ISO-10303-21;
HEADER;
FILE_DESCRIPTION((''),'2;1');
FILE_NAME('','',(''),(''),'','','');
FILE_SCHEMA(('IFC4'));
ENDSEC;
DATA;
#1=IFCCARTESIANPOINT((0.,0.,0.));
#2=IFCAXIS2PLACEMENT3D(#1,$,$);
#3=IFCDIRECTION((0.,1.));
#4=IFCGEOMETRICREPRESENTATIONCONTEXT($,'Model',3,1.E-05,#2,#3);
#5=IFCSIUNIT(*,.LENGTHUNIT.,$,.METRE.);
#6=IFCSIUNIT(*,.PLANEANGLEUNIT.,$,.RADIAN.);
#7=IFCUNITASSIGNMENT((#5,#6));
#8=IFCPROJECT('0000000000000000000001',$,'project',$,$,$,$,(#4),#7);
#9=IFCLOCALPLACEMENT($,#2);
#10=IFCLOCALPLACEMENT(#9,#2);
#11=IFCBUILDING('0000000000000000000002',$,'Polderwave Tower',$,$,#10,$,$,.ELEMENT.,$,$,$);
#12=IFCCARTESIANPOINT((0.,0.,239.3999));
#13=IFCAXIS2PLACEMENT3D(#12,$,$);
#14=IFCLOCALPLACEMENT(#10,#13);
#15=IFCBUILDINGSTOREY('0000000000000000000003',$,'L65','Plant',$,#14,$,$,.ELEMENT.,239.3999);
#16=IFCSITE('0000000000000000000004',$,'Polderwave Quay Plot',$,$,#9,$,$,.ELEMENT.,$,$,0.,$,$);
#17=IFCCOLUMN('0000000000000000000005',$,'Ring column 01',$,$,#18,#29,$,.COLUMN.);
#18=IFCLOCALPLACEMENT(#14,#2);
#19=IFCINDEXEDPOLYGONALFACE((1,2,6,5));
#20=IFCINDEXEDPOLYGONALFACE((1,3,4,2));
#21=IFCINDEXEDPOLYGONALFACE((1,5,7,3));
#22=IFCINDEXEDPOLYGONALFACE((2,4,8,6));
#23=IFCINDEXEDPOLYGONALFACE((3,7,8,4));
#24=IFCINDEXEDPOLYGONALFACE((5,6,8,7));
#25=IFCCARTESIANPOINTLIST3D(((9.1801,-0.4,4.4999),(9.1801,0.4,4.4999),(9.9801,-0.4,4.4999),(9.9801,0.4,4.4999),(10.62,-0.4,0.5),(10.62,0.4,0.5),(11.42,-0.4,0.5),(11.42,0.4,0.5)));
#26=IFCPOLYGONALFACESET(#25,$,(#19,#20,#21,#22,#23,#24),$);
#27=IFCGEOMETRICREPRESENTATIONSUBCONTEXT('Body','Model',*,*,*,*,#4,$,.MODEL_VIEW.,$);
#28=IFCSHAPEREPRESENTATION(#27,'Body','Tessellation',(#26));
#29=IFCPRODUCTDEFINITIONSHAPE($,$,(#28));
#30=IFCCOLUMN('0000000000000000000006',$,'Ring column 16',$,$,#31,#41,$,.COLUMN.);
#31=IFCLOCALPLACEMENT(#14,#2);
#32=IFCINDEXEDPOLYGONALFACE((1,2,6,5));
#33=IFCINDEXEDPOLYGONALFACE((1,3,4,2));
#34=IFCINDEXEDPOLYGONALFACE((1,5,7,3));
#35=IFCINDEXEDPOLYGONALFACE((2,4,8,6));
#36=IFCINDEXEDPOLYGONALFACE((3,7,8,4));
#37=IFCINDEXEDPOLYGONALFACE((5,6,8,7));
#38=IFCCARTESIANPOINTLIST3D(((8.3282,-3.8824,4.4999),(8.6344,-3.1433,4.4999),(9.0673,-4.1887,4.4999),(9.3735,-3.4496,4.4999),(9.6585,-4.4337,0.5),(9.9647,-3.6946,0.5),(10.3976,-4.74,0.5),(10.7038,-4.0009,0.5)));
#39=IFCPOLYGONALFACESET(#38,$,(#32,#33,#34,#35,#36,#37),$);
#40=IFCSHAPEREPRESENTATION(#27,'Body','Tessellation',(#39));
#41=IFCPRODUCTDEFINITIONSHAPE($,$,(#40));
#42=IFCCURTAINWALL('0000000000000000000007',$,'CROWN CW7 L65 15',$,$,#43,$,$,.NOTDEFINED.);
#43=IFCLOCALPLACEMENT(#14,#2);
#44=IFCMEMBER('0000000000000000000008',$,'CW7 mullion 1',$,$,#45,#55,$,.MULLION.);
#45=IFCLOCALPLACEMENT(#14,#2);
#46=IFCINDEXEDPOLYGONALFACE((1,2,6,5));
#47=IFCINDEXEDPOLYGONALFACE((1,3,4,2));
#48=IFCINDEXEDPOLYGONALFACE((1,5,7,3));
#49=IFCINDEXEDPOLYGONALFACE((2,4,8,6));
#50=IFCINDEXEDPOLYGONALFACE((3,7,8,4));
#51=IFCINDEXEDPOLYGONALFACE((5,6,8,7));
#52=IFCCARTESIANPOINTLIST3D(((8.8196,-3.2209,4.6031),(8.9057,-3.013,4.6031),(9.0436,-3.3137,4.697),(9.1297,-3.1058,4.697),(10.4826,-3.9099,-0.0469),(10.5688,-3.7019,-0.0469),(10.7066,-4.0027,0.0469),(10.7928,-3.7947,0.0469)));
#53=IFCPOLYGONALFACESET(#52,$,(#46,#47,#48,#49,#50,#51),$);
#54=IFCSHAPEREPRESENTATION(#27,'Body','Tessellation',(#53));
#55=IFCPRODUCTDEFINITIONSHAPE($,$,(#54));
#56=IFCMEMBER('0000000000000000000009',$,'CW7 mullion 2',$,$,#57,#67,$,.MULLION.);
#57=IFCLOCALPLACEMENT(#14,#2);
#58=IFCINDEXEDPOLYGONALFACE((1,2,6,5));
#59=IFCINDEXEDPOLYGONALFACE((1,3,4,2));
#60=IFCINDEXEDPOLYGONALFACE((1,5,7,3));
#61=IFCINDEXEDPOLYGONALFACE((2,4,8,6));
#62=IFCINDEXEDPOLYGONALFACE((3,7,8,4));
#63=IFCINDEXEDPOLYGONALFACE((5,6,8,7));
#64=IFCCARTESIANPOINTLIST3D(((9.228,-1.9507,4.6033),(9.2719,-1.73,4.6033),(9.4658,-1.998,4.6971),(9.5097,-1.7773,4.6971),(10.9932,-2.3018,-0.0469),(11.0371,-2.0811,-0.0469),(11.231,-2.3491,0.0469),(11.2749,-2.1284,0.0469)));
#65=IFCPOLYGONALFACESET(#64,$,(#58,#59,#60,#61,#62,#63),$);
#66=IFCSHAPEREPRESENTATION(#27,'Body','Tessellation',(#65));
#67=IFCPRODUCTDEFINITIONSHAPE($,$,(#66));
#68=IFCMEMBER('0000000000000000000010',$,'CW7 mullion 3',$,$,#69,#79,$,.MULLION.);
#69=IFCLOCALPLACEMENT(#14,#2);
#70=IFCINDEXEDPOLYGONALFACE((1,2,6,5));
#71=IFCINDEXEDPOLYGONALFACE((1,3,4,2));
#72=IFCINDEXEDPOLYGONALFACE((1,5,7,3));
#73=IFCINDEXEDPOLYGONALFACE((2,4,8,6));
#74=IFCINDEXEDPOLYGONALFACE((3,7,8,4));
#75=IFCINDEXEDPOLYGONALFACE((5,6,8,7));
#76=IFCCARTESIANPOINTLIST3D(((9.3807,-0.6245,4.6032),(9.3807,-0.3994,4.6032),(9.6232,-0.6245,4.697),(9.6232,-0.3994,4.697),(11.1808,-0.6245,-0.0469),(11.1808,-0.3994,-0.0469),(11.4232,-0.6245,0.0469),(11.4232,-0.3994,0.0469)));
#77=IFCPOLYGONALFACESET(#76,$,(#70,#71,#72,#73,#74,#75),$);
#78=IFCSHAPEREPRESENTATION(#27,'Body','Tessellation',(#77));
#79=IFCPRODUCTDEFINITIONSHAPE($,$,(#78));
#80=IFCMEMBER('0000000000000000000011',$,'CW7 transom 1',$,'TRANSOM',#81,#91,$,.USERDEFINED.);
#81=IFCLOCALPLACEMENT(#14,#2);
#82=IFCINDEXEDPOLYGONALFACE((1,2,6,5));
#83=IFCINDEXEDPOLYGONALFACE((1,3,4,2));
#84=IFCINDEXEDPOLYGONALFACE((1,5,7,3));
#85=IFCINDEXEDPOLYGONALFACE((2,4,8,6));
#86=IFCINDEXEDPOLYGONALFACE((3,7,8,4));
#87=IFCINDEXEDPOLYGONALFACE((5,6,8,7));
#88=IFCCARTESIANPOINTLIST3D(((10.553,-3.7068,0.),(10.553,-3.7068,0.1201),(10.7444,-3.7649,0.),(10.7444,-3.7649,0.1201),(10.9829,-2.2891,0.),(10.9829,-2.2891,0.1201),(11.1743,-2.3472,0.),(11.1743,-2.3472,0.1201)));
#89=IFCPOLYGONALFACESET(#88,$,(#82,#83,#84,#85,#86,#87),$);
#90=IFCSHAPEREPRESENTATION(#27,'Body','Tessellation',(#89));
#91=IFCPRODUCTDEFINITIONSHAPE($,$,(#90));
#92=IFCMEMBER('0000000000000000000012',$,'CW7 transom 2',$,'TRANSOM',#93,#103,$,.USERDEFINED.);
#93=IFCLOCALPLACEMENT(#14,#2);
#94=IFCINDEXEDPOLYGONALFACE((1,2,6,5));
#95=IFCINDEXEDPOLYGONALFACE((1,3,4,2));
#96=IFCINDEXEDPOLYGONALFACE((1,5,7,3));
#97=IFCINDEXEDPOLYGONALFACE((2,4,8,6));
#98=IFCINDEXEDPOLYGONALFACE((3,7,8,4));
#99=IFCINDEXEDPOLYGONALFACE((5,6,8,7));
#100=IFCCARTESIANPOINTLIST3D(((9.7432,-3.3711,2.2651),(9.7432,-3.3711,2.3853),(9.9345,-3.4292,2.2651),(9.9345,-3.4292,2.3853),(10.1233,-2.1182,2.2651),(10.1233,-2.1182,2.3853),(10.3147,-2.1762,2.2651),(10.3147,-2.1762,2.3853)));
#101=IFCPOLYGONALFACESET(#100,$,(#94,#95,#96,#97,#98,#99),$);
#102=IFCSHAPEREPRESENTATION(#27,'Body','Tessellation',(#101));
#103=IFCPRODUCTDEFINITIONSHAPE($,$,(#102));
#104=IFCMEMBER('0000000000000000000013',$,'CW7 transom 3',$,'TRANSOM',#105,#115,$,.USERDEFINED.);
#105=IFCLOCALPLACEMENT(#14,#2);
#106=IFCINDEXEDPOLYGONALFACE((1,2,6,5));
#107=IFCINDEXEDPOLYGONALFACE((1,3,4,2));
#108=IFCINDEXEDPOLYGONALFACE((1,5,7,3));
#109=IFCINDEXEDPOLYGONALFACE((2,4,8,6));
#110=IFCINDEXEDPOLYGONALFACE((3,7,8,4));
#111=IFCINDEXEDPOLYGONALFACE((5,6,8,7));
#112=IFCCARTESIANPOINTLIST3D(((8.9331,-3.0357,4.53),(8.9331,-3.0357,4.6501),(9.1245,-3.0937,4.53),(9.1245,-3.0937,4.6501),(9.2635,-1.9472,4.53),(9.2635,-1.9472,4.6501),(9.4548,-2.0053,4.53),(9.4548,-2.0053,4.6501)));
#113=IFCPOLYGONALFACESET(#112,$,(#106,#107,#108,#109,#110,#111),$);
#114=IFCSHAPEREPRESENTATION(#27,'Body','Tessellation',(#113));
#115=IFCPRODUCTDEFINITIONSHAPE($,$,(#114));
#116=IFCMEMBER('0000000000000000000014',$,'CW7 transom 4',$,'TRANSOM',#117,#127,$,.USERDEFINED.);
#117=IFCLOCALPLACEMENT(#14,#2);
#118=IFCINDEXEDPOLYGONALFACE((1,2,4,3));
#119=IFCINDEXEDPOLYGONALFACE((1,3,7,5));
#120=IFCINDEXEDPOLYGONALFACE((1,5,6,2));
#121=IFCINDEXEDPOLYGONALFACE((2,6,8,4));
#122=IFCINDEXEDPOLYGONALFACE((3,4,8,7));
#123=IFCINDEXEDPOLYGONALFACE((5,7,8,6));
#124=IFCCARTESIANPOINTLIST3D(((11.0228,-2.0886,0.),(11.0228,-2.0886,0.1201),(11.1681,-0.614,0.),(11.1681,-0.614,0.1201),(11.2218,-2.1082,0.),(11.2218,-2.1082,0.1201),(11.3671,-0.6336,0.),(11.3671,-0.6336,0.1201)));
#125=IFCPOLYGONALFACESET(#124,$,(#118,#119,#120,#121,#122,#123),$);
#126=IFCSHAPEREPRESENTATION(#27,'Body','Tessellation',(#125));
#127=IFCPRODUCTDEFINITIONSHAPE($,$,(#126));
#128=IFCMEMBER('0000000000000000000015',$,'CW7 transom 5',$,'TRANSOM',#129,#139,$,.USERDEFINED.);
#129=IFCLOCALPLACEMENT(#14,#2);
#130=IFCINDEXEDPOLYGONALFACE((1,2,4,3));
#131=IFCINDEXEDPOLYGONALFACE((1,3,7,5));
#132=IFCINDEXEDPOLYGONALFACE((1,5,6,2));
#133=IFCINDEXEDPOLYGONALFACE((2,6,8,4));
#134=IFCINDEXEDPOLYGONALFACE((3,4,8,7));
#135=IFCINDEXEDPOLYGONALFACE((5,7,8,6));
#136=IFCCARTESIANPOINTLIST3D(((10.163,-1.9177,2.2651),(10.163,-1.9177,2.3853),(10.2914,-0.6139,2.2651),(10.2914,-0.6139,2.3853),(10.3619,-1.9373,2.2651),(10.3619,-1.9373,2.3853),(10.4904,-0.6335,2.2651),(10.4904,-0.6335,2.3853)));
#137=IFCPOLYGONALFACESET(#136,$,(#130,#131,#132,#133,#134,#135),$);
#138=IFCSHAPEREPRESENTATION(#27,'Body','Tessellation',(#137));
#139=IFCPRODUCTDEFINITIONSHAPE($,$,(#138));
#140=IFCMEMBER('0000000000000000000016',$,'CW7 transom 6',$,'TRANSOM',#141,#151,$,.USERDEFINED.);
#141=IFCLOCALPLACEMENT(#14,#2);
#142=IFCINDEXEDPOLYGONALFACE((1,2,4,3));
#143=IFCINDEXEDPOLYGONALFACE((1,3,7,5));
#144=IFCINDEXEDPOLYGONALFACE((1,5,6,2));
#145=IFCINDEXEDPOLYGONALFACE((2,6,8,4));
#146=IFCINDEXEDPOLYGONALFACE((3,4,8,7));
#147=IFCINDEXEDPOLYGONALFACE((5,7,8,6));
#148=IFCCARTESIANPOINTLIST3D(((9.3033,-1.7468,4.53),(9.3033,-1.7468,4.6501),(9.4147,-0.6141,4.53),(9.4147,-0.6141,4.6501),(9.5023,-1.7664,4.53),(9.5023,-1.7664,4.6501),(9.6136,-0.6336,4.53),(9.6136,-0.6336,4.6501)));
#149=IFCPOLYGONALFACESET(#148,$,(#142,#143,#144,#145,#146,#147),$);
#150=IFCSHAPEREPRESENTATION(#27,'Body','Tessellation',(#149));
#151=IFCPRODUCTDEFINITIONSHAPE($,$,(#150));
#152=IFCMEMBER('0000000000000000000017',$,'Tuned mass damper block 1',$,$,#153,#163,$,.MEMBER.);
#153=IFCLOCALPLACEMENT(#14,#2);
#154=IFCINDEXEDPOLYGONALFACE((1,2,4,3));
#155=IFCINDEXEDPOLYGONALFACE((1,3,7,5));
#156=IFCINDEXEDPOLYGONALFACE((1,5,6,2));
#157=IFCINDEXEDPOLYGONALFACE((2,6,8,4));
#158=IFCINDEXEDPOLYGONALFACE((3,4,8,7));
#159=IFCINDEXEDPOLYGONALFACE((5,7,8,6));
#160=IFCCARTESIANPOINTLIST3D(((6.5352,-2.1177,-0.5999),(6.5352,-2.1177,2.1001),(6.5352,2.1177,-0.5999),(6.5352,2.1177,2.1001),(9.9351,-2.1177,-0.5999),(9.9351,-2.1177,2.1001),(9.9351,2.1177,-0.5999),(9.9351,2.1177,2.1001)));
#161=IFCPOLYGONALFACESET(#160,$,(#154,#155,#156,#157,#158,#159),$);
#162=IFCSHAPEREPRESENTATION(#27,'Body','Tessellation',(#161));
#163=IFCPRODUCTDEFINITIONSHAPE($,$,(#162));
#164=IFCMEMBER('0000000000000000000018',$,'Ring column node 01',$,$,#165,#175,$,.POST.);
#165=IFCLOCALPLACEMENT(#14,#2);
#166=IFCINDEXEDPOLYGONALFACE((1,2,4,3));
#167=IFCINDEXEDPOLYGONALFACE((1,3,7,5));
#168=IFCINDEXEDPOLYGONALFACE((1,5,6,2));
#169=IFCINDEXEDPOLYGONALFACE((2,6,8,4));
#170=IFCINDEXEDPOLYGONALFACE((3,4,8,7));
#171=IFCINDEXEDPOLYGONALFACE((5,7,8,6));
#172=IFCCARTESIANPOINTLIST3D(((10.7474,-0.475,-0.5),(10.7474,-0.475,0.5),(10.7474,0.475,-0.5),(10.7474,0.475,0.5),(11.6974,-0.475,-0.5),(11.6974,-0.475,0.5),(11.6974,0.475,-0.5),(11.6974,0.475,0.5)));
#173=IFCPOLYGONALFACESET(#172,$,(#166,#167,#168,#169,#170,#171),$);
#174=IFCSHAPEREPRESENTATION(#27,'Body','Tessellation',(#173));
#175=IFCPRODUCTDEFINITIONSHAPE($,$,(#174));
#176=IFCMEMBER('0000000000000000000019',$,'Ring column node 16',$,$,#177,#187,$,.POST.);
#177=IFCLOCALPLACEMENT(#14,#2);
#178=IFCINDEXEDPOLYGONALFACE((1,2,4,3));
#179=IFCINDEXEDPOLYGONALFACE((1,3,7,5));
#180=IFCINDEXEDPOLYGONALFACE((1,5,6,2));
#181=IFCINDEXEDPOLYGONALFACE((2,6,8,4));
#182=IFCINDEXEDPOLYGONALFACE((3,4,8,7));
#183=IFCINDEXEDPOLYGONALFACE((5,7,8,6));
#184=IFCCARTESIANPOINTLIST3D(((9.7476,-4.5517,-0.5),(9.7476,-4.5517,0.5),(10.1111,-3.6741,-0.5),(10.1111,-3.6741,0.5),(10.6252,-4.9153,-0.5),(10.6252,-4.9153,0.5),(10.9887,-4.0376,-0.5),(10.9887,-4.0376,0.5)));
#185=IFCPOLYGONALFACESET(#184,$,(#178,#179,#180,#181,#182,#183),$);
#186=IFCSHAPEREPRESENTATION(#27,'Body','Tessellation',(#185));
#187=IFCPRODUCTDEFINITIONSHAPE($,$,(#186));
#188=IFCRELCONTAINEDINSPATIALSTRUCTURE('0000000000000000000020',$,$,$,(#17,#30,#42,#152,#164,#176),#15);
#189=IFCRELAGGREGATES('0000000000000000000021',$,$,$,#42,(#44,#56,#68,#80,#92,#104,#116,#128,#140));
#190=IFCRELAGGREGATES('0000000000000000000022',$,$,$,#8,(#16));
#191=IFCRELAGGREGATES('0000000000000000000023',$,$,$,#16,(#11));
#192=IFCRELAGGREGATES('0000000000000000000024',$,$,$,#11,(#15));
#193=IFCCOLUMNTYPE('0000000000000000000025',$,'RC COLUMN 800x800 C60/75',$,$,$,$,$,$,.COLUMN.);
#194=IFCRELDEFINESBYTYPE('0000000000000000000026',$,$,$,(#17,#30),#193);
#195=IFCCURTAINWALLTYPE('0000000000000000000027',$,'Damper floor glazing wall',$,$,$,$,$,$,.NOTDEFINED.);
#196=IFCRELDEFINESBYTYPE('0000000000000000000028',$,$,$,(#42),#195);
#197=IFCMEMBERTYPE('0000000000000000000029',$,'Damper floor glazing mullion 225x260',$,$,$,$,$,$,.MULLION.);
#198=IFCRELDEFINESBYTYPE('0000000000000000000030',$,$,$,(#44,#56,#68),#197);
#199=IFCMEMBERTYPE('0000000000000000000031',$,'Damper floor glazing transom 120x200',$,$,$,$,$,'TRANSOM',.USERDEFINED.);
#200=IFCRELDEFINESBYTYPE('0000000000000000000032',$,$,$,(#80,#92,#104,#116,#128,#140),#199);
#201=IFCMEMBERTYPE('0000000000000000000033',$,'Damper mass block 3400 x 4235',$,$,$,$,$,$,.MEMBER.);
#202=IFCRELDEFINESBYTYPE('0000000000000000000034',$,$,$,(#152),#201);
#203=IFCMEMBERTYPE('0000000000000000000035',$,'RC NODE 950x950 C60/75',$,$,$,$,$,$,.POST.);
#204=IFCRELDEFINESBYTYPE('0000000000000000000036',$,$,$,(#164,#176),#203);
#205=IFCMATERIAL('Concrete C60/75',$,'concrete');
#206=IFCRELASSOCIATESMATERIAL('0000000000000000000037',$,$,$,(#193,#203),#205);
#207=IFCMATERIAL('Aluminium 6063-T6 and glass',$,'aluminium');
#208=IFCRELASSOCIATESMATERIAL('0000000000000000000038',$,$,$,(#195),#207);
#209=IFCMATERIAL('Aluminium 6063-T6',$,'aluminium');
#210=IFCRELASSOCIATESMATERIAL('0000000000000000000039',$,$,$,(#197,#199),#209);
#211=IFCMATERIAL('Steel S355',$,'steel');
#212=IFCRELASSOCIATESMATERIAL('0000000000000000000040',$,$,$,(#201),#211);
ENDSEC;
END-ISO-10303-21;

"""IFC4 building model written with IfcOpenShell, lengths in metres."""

from ifc_helpers import new_model, si_unit, direction, frame, origin, origin_2d, place, context, subcontext, project, spatial, rectangle, extrude, material, material_profile, profile_set, type_object, element, aggregate, save


model = new_model("IFC4")

# Units and contexts
model_context = context("Model", 3, precision=1e-05, world=origin(), true_north=direction((0.0, 1.0)))
body_context = subcontext(model_context, "Body", "Model", "MODEL_VIEW")
ifc_project = project(units=[si_unit("LENGTHUNIT", "METRE"), si_unit("PLANEANGLEUNIT", "RADIAN")], contexts=[model_context])

# Site, building, storey
site_placement = place(None, origin())
site = spatial("IfcSite", under=ifc_project, at=site_placement, Name="Polderwave Quay Plot", CompositionType="ELEMENT", RefElevation=0.0)
building_placement = place(site_placement, origin())
building = spatial("IfcBuilding", under=site, at=building_placement, Name="Polderwave Tower", CompositionType="ELEMENT")
storey_placement = place(building_placement, frame((0.0, 0.0, 239.3999)))
storey = spatial("IfcBuildingStorey", under=building, at=storey_placement, Name="L65", Description="Plant", CompositionType="ELEMENT", Elevation=239.3999)

# Columns
ifc_material_1 = material(Name="Concrete C60/75", Category="concrete")
ifc_material_profile_1 = material_profile(ifc_material_1, rectangle(XDim=0.8, YDim=0.8, at=origin_2d()), Name="RC 800x800")
ifc_profile_set_1 = profile_set([ifc_material_profile_1], Name="Concrete C60/75")
column_type = type_object("IfcColumnType", Name="RC COLUMN 800x800 C60/75", PredefinedType="COLUMN", material=ifc_profile_set_1)
column_1_placement = place(storey_placement, frame((11.02, 0.0, 0.5), z_axis=(0.0, 0.0, 1.0), x_axis=(0.0, -1.0, 0.0)))
element("IfcColumn", 1, at=column_1_placement, inside=storey, type_object=column_type, Name="Ring column 01", PredefinedType="COLUMN", context=body_context, shape_type="SweptSolid", body=[
    extrude(rectangle(XDim=0.8, YDim=0.8, at=origin_2d()), origin(), (0.0, -0.338707, 0.940892), 4.2512),
])
column_2_placement = place(storey_placement, frame((10.1812, -4.2173, 0.5), z_axis=(0.0, 0.0, 1.0), x_axis=(-0.382821, -0.923823, 0.0)))
element("IfcColumn", 2, at=column_2_placement, inside=storey, type_object=column_type, Name="Ring column 16", PredefinedType="COLUMN", context=body_context, shape_type="SweptSolid", body=[
    extrude(rectangle(XDim=0.8, YDim=0.8, at=origin_2d()), origin(), (0.0, -0.338723, 0.940886), 4.2512),
])

# Curtain wall, members
ifc_material_2 = material(Name="Aluminium 6063-T6 and glass", Category="aluminium")
curtain_wall_type = type_object("IfcCurtainWallType", Name="Damper floor glazing wall", PredefinedType="NOTDEFINED", material=ifc_material_2)
curtain_wall_placement = place(storey_placement, origin())
curtain_wall = element("IfcCurtainWall", 3, at=curtain_wall_placement, inside=storey, type_object=curtain_wall_type, Name="CROWN CW7 L65 15", PredefinedType="NOTDEFINED")
ifc_material_3 = material(Name="Aluminium 6063-T6", Category="aluminium")
ifc_material_profile_2 = material_profile(ifc_material_3, rectangle(XDim=0.2251, YDim=0.26, at=origin_2d()), Name="AL 225x260")
ifc_profile_set_2 = profile_set([ifc_material_profile_2], Name="Aluminium 6063-T6")
member_type_1 = type_object("IfcMemberType", Name="Damper floor glazing mullion 225x260", PredefinedType="MULLION", material=ifc_profile_set_2)
member_1_placement = place(storey_placement, frame((10.6377, -3.8523, 0.0), z_axis=(-0.333523, 0.138168, 0.932562), x_axis=(-0.382727, -0.923861, 0.0)))
member_1 = element("IfcMember", 4, at=member_1_placement, type_object=member_type_1, Name="CW7 mullion 1", PredefinedType="MULLION", context=body_context, shape_type="SweptSolid", body=[
    extrude(rectangle(XDim=0.2251, YDim=0.26, at=origin_2d()), origin(), (0.0, 0.0, 1.0), 4.9863),
])
member_2_placement = place(storey_placement, frame((11.134, -2.2151, 0.0), z_axis=(-0.354, 0.070408, 0.932591), x_axis=(-0.195073, -0.980789, 0.0)))
member_2 = element("IfcMember", 5, at=member_2_placement, type_object=member_type_1, Name="CW7 mullion 2", PredefinedType="MULLION", context=body_context, shape_type="SweptSolid", body=[
    extrude(rectangle(XDim=0.2251, YDim=0.26, at=origin_2d()), origin(), (0.0, 0.0, 1.0), 4.9863),
])
member_3_placement = place(storey_placement, frame((11.302, -0.512, 0.0), z_axis=(-0.360993, 0.0, 0.932569), x_axis=(0.0, -1.0, 0.0)))
member_3 = element("IfcMember", 6, at=member_3_placement, type_object=member_type_1, Name="CW7 mullion 3", PredefinedType="MULLION", context=body_context, shape_type="SweptSolid", body=[
    extrude(rectangle(XDim=0.2251, YDim=0.26, at=origin_2d()), origin(), (0.0, 0.0, 1.0), 4.9863),
])
ifc_material_profile_3 = material_profile(ifc_material_3, rectangle(XDim=0.2, YDim=0.1201, at=origin_2d()), Name="AL 120x200")
ifc_profile_set_3 = profile_set([ifc_material_profile_3], Name="Aluminium 6063-T6")
member_type_2 = type_object("IfcMemberType", Name="Damper floor glazing transom 120x200", ElementType="TRANSOM", PredefinedType="USERDEFINED", material=ifc_profile_set_3)
member_4_placement = place(storey_placement, frame((10.6487, -3.7358, 0.0601), z_axis=(0.290204, 0.956965, 0.0), x_axis=(-0.956965, 0.290204, 0.0)))
member_4 = element("IfcMember", 7, at=member_4_placement, type_object=member_type_2, Name="CW7 transom 1", ObjectType="TRANSOM", PredefinedType="USERDEFINED", context=body_context, shape_type="SweptSolid", body=[
    extrude(rectangle(XDim=0.2, YDim=0.1201, at=origin_2d()), origin(), (0.0, 0.0, 1.0), 1.4814),
])
member_5_placement = place(storey_placement, frame((9.8389, -3.4001, 2.3252), z_axis=(0.290323, 0.956929, 0.0), x_axis=(-0.956929, 0.290323, 0.0)))
member_5 = element("IfcMember", 8, at=member_5_placement, type_object=member_type_2, Name="CW7 transom 2", ObjectType="TRANSOM", PredefinedType="USERDEFINED", context=body_context, shape_type="SweptSolid", body=[
    extrude(rectangle(XDim=0.2, YDim=0.1201, at=origin_2d()), origin(), (0.0, 0.0, 1.0), 1.3093),
])
member_6_placement = place(storey_placement, frame((9.0288, -3.0647, 4.5901), z_axis=(0.290418, 0.9569, 0.0), x_axis=(-0.9569, 0.290418, 0.0)))
member_6 = element("IfcMember", 9, at=member_6_placement, type_object=member_type_2, Name="CW7 transom 3", ObjectType="TRANSOM", PredefinedType="USERDEFINED", context=body_context, shape_type="SweptSolid", body=[
    extrude(rectangle(XDim=0.2, YDim=0.1201, at=origin_2d()), origin(), (0.0, 0.0, 1.0), 1.1375),
])
member_7_placement = place(storey_placement, frame((11.1223, -2.0984, 0.0601), z_axis=(0.098035, 0.995183, 0.0), x_axis=(-0.995183, 0.098035, 0.0)))
member_7 = element("IfcMember", 10, at=member_7_placement, type_object=member_type_2, Name="CW7 transom 4", ObjectType="TRANSOM", PredefinedType="USERDEFINED", context=body_context, shape_type="SweptSolid", body=[
    extrude(rectangle(XDim=0.2, YDim=0.1201, at=origin_2d()), origin(), (0.0, 0.0, 1.0), 1.4817),
])
member_8_placement = place(storey_placement, frame((10.2625, -1.9275, 2.3252), z_axis=(0.098027, 0.995184, 0.0), x_axis=(-0.995184, 0.098027, 0.0)))
member_8 = element("IfcMember", 11, at=member_8_placement, type_object=member_type_2, Name="CW7 transom 5", ObjectType="TRANSOM", PredefinedType="USERDEFINED", context=body_context, shape_type="SweptSolid", body=[
    extrude(rectangle(XDim=0.2, YDim=0.1201, at=origin_2d()), origin(), (0.0, 0.0, 1.0), 1.3101),
])
member_9_placement = place(storey_placement, frame((9.4028, -1.7566, 4.5901), z_axis=(0.097805, 0.995206, 0.0), x_axis=(-0.995206, 0.097805, 0.0)))
member_9 = element("IfcMember", 12, at=member_9_placement, type_object=member_type_2, Name="CW7 transom 6", ObjectType="TRANSOM", PredefinedType="USERDEFINED", context=body_context, shape_type="SweptSolid", body=[
    extrude(rectangle(XDim=0.2, YDim=0.1201, at=origin_2d()), origin(), (0.0, 0.0, 1.0), 1.1382),
])

# Members
ifc_material_4 = material(Name="Steel S355", Category="steel")
ifc_material_profile_4 = material_profile(ifc_material_4, rectangle(XDim=3.3999, YDim=4.2354, at=origin_2d()), Name="Steel block 3400x4235")
ifc_profile_set_4 = profile_set([ifc_material_profile_4], Name="Steel S355")
member_type_3 = type_object("IfcMemberType", Name="Damper mass block 3400 x 4235", PredefinedType="MEMBER", material=ifc_profile_set_4)
member_10_placement = place(storey_placement, frame((8.2351, 0.0, -0.5999), z_axis=(0.0, 0.0, 1.0), x_axis=(1.0, 0.0, 0.0)))
element("IfcMember", 13, at=member_10_placement, inside=storey, type_object=member_type_3, Name="Tuned mass damper block 1", PredefinedType="MEMBER", context=body_context, shape_type="SweptSolid", body=[
    extrude(rectangle(XDim=3.3999, YDim=4.2354, at=origin_2d()), origin(), (0.0, 0.0, 1.0), 2.7),
])
ifc_material_profile_5 = material_profile(ifc_material_1, rectangle(XDim=0.95, YDim=0.95, at=origin_2d()), Name="RC 950x950")
ifc_profile_set_5 = profile_set([ifc_material_profile_5], Name="Concrete C60/75")
member_type_4 = type_object("IfcMemberType", Name="RC NODE 950x950 C60/75", PredefinedType="POST", material=ifc_profile_set_5)
for number, where, z_axis, x_axis, name in (
    (14, (11.2224, 0.0, -0.5), (0.0, 0.0, 1.0), (1.0, 0.0, 0.0), "Ring column node 01"),
    (15, (10.3682, -4.2947, -0.5), (0.0, 0.0, 1.0), (0.92388, -0.382683, 0.0), "Ring column node 16"),
):
    element("IfcMember", number, at=place(storey_placement, frame(where, z_axis=z_axis, x_axis=x_axis)), inside=storey, type_object=member_type_4, Name=name, PredefinedType="POST", context=body_context, shape_type="SweptSolid", body=[
        extrude(rectangle(XDim=0.95, YDim=0.95, at=origin_2d()), origin(), (0.0, 0.0, 1.0), 1.0),
    ])

aggregate(curtain_wall, [member_1, member_2, member_3, member_4, member_5, member_6, member_7, member_8, member_9])

save(model, "model.ifc")
